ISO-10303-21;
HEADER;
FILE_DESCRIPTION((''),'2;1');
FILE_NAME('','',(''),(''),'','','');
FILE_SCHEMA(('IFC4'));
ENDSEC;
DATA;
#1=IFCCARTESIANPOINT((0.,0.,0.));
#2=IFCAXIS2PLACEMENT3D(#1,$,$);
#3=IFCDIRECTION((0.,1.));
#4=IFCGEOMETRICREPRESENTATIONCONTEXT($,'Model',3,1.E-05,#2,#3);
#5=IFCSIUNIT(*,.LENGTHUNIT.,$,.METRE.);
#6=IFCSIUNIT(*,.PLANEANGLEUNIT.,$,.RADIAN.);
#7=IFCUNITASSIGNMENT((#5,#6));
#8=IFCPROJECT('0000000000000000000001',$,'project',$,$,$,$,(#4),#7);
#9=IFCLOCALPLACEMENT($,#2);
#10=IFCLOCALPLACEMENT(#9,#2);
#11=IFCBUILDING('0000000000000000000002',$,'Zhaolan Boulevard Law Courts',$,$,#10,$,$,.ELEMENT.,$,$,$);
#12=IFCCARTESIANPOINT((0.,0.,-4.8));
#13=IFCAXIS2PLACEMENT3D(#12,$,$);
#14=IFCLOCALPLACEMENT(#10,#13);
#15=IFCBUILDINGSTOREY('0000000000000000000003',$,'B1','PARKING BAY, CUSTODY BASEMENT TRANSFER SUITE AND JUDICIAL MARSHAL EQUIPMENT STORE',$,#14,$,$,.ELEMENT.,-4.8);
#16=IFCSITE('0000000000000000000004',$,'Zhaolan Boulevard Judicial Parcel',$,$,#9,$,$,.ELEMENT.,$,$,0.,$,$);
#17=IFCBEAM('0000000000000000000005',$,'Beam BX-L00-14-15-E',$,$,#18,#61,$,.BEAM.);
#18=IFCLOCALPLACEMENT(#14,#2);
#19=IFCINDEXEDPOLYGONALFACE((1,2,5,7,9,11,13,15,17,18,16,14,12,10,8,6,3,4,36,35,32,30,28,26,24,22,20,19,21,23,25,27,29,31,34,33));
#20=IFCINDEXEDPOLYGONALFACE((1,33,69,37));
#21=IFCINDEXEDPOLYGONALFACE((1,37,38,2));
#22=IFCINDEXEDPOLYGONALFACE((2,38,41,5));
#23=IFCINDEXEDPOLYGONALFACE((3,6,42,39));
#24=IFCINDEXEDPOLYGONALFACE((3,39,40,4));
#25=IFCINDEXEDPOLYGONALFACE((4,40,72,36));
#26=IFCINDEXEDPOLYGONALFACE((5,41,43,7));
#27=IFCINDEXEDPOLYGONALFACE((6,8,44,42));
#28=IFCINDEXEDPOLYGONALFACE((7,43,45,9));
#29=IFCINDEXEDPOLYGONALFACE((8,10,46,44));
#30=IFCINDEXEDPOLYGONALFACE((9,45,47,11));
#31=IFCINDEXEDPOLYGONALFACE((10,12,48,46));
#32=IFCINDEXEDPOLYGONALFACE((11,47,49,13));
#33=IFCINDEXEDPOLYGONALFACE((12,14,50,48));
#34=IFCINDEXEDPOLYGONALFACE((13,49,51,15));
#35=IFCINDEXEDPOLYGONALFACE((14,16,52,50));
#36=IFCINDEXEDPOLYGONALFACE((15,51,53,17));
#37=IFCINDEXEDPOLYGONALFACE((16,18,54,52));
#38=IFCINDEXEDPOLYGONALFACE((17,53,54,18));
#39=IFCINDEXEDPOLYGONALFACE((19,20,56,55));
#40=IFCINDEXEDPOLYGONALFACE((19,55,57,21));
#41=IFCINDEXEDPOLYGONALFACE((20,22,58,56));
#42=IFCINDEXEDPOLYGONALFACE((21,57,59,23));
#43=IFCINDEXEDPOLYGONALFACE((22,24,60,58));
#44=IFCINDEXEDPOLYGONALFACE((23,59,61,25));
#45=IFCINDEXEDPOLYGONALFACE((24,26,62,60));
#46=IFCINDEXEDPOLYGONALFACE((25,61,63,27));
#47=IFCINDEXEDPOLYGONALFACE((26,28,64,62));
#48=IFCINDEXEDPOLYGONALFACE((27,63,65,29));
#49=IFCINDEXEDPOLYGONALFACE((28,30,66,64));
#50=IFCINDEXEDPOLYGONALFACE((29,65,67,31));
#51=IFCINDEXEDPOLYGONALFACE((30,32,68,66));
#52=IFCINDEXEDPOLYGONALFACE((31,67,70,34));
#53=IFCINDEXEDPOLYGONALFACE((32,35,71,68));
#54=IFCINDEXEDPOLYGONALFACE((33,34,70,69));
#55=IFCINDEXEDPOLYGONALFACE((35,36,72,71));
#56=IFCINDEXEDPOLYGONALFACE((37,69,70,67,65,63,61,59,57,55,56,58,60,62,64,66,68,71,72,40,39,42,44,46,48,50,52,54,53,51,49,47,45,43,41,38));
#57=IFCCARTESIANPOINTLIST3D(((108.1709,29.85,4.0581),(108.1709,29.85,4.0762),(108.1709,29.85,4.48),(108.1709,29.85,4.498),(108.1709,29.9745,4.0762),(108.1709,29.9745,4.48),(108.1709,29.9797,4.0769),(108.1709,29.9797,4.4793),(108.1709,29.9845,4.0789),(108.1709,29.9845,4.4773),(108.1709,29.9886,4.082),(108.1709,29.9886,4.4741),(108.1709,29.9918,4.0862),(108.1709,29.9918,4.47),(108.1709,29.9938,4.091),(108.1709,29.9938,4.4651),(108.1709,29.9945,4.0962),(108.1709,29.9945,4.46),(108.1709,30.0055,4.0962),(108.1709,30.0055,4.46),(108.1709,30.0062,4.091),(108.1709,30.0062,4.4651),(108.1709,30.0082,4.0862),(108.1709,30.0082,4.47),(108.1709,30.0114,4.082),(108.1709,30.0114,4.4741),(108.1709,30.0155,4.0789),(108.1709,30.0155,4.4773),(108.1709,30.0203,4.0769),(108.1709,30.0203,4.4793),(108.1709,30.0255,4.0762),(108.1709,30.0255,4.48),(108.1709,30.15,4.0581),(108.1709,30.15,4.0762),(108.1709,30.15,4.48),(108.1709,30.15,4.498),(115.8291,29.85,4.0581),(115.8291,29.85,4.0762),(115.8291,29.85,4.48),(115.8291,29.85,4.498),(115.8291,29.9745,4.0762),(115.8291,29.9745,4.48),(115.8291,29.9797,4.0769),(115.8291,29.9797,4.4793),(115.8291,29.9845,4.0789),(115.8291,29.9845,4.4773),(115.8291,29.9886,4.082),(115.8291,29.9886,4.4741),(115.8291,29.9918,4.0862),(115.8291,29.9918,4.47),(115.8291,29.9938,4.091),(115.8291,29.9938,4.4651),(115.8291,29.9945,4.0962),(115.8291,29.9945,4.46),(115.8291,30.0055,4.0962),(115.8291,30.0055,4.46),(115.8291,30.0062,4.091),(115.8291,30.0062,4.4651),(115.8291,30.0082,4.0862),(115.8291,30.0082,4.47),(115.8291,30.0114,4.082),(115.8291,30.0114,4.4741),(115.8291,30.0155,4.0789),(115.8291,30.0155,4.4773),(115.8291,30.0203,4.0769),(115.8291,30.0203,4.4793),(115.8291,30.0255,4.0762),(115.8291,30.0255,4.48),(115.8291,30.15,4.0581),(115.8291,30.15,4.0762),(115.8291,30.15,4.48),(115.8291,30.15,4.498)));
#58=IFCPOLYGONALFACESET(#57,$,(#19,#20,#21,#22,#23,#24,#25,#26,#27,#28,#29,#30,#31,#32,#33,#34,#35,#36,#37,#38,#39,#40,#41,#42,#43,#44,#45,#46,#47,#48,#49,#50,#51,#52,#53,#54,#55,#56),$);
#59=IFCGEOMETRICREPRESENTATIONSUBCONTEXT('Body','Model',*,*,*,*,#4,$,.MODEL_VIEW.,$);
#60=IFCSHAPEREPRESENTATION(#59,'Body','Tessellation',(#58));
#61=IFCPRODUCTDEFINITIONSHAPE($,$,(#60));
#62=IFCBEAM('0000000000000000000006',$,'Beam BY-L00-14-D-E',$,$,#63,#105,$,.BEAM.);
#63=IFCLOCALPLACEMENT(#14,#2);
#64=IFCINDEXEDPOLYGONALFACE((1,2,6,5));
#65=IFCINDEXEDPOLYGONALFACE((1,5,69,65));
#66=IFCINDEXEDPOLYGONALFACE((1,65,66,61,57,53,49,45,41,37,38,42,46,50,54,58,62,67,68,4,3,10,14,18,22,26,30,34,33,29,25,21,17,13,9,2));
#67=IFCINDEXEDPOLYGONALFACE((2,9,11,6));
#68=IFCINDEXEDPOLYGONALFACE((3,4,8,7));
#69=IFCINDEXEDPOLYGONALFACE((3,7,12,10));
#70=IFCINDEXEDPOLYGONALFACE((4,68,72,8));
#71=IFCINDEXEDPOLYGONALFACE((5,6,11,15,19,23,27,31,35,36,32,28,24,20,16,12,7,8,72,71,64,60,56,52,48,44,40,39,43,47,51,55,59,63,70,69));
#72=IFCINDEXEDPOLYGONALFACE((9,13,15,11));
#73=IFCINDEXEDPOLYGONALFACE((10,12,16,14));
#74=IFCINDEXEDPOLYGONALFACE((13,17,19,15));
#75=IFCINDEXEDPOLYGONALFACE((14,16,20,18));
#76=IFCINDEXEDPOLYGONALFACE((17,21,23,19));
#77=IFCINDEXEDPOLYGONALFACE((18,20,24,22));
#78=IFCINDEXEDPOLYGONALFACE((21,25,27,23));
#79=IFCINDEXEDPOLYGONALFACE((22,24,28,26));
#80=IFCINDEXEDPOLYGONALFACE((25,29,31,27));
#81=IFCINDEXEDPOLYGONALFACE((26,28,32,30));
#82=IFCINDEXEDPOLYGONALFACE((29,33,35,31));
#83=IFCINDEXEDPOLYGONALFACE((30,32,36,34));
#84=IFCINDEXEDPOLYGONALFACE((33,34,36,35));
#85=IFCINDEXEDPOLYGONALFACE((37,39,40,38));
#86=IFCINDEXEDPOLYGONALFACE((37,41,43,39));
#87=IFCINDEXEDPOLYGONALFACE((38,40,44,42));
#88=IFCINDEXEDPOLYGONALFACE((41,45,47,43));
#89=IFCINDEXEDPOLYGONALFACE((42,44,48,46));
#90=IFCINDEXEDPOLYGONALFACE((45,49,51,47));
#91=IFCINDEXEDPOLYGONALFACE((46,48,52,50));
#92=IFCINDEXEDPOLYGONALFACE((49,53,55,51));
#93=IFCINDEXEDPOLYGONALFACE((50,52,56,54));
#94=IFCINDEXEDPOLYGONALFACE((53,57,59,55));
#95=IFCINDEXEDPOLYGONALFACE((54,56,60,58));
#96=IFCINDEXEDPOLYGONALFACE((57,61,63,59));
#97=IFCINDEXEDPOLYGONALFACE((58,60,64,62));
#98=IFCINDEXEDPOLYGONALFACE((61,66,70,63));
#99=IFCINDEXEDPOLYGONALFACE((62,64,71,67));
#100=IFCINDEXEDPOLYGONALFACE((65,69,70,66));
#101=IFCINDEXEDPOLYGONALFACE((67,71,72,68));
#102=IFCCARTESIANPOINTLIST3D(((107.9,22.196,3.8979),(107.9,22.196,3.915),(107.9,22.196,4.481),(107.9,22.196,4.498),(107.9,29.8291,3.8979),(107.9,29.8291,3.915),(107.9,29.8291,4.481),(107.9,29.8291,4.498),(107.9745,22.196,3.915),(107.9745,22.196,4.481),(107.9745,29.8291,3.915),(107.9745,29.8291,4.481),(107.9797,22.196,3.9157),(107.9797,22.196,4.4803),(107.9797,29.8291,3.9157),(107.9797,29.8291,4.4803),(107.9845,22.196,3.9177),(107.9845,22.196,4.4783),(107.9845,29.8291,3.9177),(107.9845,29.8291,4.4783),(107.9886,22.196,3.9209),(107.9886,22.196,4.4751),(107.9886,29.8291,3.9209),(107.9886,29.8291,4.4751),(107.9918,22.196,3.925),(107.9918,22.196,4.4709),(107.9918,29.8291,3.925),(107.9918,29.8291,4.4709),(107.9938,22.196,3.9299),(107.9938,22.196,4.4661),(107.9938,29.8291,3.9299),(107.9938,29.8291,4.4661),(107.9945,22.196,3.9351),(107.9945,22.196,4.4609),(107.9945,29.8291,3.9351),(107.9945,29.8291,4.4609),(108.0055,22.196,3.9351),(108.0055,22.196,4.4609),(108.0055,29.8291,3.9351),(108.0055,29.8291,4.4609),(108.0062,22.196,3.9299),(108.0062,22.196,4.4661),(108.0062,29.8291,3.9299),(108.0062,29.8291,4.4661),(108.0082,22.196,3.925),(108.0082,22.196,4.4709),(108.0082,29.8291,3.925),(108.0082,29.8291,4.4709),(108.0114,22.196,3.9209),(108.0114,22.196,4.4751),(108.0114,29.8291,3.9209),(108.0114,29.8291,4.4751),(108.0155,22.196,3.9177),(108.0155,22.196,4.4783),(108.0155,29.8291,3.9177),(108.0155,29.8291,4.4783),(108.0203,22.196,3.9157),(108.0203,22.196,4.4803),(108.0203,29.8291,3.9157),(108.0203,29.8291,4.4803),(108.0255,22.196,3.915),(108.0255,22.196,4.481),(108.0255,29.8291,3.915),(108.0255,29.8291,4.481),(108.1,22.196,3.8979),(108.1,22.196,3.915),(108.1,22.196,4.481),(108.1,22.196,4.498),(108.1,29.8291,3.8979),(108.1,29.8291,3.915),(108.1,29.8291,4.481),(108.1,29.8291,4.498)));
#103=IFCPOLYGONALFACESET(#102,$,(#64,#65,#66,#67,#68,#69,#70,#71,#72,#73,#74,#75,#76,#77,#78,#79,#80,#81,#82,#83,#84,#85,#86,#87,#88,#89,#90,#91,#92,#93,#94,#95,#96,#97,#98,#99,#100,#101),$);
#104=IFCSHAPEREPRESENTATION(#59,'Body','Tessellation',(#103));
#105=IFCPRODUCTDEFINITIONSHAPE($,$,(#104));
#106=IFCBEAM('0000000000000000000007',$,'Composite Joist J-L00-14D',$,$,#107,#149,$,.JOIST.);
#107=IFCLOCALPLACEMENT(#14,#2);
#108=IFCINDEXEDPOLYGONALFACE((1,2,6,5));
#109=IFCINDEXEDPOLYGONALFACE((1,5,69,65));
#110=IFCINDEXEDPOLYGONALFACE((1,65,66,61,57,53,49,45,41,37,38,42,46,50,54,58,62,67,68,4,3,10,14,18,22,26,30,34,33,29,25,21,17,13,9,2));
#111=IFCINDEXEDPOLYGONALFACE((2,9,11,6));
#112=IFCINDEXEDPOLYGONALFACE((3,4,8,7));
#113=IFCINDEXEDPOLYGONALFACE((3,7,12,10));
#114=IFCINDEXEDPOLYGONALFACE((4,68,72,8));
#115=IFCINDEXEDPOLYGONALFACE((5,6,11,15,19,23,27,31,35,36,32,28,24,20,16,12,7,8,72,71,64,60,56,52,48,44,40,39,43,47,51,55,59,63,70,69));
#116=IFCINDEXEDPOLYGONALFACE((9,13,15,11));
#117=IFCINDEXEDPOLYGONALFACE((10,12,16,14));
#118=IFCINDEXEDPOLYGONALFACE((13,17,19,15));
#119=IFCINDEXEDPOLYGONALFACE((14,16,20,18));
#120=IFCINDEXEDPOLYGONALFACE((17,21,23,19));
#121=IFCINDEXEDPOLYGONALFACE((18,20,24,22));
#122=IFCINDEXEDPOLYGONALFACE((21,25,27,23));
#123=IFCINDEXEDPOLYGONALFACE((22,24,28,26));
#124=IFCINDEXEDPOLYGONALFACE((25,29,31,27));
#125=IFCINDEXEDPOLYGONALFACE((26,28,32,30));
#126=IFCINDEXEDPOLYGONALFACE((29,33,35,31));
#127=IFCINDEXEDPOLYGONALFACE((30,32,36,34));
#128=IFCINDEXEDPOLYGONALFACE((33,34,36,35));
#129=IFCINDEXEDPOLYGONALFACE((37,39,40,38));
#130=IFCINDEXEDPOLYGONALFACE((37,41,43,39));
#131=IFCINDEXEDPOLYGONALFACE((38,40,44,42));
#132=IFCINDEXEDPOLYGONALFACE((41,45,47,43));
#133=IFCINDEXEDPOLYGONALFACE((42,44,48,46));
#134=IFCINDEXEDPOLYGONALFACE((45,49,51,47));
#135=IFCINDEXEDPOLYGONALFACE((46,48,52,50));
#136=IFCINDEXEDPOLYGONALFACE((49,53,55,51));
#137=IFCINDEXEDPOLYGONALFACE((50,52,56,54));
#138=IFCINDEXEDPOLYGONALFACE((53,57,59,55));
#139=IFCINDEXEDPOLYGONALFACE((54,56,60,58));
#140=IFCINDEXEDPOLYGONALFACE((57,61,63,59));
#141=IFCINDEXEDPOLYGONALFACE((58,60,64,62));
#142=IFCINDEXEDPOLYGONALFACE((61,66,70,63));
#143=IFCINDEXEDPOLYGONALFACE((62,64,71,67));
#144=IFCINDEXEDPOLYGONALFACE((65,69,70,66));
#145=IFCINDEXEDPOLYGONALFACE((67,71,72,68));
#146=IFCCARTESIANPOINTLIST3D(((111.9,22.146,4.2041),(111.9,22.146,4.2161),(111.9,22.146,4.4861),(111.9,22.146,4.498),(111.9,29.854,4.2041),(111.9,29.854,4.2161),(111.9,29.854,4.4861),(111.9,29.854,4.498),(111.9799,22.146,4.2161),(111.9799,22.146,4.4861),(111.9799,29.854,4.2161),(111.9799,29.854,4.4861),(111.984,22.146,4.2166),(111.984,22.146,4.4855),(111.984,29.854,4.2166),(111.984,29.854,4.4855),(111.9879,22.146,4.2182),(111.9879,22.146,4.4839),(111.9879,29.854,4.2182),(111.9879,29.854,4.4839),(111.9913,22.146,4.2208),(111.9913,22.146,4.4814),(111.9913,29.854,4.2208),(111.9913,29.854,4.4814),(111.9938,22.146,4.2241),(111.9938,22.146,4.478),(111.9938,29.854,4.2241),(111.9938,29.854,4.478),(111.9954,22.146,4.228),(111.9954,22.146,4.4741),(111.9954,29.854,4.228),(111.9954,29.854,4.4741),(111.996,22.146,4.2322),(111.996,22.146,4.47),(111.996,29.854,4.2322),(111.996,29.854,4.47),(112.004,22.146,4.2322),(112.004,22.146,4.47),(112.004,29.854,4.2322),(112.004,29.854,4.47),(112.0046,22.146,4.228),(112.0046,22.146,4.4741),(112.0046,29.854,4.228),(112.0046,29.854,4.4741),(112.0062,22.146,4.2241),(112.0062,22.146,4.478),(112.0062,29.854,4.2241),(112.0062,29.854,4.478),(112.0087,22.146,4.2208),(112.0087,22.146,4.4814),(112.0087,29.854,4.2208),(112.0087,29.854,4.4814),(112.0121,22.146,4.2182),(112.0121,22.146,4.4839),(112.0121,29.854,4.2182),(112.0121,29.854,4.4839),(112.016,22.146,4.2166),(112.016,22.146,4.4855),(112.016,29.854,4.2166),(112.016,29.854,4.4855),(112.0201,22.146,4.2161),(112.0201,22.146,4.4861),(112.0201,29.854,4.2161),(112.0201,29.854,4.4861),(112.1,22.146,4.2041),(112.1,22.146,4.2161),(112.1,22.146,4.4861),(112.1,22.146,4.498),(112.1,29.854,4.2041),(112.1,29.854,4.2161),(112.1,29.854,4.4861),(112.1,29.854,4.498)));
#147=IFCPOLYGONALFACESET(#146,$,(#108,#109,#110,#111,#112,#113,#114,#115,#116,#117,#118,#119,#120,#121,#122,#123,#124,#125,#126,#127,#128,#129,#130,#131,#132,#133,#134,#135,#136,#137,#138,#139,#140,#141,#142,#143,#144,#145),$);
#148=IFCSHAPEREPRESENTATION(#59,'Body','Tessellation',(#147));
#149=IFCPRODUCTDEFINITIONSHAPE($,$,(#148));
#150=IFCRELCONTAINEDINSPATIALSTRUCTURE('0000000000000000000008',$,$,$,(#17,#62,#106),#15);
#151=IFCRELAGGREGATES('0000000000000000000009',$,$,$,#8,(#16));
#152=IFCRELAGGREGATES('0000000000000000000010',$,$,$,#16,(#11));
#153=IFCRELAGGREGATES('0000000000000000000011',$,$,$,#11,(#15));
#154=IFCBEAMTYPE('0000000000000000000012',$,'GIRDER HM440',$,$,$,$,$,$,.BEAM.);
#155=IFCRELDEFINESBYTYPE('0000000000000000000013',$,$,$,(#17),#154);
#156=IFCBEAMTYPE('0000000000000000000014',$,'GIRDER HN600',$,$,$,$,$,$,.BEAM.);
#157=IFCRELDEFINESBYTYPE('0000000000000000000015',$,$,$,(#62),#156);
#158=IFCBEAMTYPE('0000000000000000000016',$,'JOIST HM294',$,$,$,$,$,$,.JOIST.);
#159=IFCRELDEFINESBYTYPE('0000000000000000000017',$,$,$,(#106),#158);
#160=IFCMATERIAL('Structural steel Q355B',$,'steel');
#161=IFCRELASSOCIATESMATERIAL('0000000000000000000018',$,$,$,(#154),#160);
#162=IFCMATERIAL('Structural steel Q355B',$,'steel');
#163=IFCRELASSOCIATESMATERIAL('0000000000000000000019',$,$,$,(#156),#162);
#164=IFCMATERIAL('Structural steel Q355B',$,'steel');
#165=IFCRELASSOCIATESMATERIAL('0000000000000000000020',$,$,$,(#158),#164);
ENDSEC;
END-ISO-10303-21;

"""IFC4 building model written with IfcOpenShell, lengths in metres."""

from ifc_helpers import new_model, si_unit, direction, frame, origin, origin_2d, place, context, subcontext, project, spatial, i_section, extrude, material, material_profile, profile_set, type_object, element, save


model = new_model("IFC4")

# Units and contexts
model_context = context("Model", 3, precision=1e-05, world=origin(), true_north=direction((0.0, 1.0)))
body_context = subcontext(model_context, "Body", "Model", "MODEL_VIEW")
ifc_project = project(units=[si_unit("LENGTHUNIT", "METRE"), si_unit("PLANEANGLEUNIT", "RADIAN")], contexts=[model_context])

# Site, building, storey
site_placement = place(None, origin())
site = spatial("IfcSite", under=ifc_project, at=site_placement, Name="Zhaolan Boulevard Judicial Parcel", CompositionType="ELEMENT", RefElevation=0.0)
building_placement = place(site_placement, origin())
building = spatial("IfcBuilding", under=site, at=building_placement, Name="Zhaolan Boulevard Law Courts", CompositionType="ELEMENT")
storey_placement = place(building_placement, frame((0.0, 0.0, -4.8)))
storey = spatial("IfcBuildingStorey", under=building, at=storey_placement, Name="B1", Description="PARKING BAY, CUSTODY BASEMENT TRANSFER SUITE AND JUDICIAL MARSHAL EQUIPMENT STORE", CompositionType="ELEMENT", Elevation=-4.8)

# Beams
ifc_material_1 = material(Name="Structural steel Q355B", Category="steel")
ifc_material_profile_1 = material_profile(ifc_material_1, i_section(OverallWidth=0.3, OverallDepth=0.4399, WebThickness=0.011, FlangeThickness=0.0181, FilletRadius=0.02, at=origin_2d()), Name="HM440x300")
ifc_profile_set_1 = profile_set([ifc_material_profile_1], Name="Structural steel Q355B")
beam_type_1 = type_object("IfcBeamType", Name="GIRDER HM440", PredefinedType="BEAM", material=ifc_profile_set_1)
beam_1_placement = place(storey_placement, frame((108.1709, 30.0, 4.2781), z_axis=(1.0, 0.0, 0.0), x_axis=(0.0, 1.0, 0.0)))
element("IfcBeam", 1, at=beam_1_placement, inside=storey, type_object=beam_type_1, Name="Beam BX-L00-14-15-E", PredefinedType="BEAM", context=body_context, shape_type="SweptSolid", body=[
    extrude(i_section(OverallWidth=0.3, OverallDepth=0.4399, WebThickness=0.011, FlangeThickness=0.0181, FilletRadius=0.02, at=origin_2d()), origin(), (0.0, 0.0, 1.0), 7.6582),
])
ifc_material_2 = material(Name="Structural steel Q355B", Category="steel")
ifc_material_profile_2 = material_profile(ifc_material_2, i_section(OverallWidth=0.2, OverallDepth=0.6001, WebThickness=0.011, FlangeThickness=0.0171, FilletRadius=0.02, at=origin_2d()), Name="HN600x200")
ifc_profile_set_2 = profile_set([ifc_material_profile_2], Name="Structural steel Q355B")
beam_type_2 = type_object("IfcBeamType", Name="GIRDER HN600", PredefinedType="BEAM", material=ifc_profile_set_2)
beam_2_placement = place(storey_placement, frame((108.0, 22.196, 4.198), z_axis=(0.0, 1.0, 0.0), x_axis=(-1.0, 0.0, 0.0)))
element("IfcBeam", 2, at=beam_2_placement, inside=storey, type_object=beam_type_2, Name="Beam BY-L00-14-D-E", PredefinedType="BEAM", context=body_context, shape_type="SweptSolid", body=[
    extrude(i_section(OverallWidth=0.2, OverallDepth=0.6001, WebThickness=0.011, FlangeThickness=0.0171, FilletRadius=0.02, at=origin_2d()), origin(), (0.0, 0.0, 1.0), 7.6331),
])
ifc_material_3 = material(Name="Structural steel Q355B", Category="steel")
ifc_material_profile_3 = material_profile(ifc_material_3, i_section(OverallWidth=0.2, OverallDepth=0.2939, WebThickness=0.0081, FlangeThickness=0.012, FilletRadius=0.0161, at=origin_2d()), Name="HM294x200")
ifc_profile_set_3 = profile_set([ifc_material_profile_3], Name="Structural steel Q355B")
beam_type_3 = type_object("IfcBeamType", Name="JOIST HM294", PredefinedType="JOIST", material=ifc_profile_set_3)
beam_3_placement = place(storey_placement, frame((112.0, 22.146, 4.3511), z_axis=(0.0, 1.0, 0.0), x_axis=(-1.0, 0.0, 0.0)))
element("IfcBeam", 3, at=beam_3_placement, inside=storey, type_object=beam_type_3, Name="Composite Joist J-L00-14D", PredefinedType="JOIST", context=body_context, shape_type="SweptSolid", body=[
    extrude(i_section(OverallWidth=0.2, OverallDepth=0.2939, WebThickness=0.0081, FlangeThickness=0.012, FilletRadius=0.0161, at=origin_2d()), origin(), (0.0, 0.0, 1.0), 7.708),
])

save(model, "model.ifc")
